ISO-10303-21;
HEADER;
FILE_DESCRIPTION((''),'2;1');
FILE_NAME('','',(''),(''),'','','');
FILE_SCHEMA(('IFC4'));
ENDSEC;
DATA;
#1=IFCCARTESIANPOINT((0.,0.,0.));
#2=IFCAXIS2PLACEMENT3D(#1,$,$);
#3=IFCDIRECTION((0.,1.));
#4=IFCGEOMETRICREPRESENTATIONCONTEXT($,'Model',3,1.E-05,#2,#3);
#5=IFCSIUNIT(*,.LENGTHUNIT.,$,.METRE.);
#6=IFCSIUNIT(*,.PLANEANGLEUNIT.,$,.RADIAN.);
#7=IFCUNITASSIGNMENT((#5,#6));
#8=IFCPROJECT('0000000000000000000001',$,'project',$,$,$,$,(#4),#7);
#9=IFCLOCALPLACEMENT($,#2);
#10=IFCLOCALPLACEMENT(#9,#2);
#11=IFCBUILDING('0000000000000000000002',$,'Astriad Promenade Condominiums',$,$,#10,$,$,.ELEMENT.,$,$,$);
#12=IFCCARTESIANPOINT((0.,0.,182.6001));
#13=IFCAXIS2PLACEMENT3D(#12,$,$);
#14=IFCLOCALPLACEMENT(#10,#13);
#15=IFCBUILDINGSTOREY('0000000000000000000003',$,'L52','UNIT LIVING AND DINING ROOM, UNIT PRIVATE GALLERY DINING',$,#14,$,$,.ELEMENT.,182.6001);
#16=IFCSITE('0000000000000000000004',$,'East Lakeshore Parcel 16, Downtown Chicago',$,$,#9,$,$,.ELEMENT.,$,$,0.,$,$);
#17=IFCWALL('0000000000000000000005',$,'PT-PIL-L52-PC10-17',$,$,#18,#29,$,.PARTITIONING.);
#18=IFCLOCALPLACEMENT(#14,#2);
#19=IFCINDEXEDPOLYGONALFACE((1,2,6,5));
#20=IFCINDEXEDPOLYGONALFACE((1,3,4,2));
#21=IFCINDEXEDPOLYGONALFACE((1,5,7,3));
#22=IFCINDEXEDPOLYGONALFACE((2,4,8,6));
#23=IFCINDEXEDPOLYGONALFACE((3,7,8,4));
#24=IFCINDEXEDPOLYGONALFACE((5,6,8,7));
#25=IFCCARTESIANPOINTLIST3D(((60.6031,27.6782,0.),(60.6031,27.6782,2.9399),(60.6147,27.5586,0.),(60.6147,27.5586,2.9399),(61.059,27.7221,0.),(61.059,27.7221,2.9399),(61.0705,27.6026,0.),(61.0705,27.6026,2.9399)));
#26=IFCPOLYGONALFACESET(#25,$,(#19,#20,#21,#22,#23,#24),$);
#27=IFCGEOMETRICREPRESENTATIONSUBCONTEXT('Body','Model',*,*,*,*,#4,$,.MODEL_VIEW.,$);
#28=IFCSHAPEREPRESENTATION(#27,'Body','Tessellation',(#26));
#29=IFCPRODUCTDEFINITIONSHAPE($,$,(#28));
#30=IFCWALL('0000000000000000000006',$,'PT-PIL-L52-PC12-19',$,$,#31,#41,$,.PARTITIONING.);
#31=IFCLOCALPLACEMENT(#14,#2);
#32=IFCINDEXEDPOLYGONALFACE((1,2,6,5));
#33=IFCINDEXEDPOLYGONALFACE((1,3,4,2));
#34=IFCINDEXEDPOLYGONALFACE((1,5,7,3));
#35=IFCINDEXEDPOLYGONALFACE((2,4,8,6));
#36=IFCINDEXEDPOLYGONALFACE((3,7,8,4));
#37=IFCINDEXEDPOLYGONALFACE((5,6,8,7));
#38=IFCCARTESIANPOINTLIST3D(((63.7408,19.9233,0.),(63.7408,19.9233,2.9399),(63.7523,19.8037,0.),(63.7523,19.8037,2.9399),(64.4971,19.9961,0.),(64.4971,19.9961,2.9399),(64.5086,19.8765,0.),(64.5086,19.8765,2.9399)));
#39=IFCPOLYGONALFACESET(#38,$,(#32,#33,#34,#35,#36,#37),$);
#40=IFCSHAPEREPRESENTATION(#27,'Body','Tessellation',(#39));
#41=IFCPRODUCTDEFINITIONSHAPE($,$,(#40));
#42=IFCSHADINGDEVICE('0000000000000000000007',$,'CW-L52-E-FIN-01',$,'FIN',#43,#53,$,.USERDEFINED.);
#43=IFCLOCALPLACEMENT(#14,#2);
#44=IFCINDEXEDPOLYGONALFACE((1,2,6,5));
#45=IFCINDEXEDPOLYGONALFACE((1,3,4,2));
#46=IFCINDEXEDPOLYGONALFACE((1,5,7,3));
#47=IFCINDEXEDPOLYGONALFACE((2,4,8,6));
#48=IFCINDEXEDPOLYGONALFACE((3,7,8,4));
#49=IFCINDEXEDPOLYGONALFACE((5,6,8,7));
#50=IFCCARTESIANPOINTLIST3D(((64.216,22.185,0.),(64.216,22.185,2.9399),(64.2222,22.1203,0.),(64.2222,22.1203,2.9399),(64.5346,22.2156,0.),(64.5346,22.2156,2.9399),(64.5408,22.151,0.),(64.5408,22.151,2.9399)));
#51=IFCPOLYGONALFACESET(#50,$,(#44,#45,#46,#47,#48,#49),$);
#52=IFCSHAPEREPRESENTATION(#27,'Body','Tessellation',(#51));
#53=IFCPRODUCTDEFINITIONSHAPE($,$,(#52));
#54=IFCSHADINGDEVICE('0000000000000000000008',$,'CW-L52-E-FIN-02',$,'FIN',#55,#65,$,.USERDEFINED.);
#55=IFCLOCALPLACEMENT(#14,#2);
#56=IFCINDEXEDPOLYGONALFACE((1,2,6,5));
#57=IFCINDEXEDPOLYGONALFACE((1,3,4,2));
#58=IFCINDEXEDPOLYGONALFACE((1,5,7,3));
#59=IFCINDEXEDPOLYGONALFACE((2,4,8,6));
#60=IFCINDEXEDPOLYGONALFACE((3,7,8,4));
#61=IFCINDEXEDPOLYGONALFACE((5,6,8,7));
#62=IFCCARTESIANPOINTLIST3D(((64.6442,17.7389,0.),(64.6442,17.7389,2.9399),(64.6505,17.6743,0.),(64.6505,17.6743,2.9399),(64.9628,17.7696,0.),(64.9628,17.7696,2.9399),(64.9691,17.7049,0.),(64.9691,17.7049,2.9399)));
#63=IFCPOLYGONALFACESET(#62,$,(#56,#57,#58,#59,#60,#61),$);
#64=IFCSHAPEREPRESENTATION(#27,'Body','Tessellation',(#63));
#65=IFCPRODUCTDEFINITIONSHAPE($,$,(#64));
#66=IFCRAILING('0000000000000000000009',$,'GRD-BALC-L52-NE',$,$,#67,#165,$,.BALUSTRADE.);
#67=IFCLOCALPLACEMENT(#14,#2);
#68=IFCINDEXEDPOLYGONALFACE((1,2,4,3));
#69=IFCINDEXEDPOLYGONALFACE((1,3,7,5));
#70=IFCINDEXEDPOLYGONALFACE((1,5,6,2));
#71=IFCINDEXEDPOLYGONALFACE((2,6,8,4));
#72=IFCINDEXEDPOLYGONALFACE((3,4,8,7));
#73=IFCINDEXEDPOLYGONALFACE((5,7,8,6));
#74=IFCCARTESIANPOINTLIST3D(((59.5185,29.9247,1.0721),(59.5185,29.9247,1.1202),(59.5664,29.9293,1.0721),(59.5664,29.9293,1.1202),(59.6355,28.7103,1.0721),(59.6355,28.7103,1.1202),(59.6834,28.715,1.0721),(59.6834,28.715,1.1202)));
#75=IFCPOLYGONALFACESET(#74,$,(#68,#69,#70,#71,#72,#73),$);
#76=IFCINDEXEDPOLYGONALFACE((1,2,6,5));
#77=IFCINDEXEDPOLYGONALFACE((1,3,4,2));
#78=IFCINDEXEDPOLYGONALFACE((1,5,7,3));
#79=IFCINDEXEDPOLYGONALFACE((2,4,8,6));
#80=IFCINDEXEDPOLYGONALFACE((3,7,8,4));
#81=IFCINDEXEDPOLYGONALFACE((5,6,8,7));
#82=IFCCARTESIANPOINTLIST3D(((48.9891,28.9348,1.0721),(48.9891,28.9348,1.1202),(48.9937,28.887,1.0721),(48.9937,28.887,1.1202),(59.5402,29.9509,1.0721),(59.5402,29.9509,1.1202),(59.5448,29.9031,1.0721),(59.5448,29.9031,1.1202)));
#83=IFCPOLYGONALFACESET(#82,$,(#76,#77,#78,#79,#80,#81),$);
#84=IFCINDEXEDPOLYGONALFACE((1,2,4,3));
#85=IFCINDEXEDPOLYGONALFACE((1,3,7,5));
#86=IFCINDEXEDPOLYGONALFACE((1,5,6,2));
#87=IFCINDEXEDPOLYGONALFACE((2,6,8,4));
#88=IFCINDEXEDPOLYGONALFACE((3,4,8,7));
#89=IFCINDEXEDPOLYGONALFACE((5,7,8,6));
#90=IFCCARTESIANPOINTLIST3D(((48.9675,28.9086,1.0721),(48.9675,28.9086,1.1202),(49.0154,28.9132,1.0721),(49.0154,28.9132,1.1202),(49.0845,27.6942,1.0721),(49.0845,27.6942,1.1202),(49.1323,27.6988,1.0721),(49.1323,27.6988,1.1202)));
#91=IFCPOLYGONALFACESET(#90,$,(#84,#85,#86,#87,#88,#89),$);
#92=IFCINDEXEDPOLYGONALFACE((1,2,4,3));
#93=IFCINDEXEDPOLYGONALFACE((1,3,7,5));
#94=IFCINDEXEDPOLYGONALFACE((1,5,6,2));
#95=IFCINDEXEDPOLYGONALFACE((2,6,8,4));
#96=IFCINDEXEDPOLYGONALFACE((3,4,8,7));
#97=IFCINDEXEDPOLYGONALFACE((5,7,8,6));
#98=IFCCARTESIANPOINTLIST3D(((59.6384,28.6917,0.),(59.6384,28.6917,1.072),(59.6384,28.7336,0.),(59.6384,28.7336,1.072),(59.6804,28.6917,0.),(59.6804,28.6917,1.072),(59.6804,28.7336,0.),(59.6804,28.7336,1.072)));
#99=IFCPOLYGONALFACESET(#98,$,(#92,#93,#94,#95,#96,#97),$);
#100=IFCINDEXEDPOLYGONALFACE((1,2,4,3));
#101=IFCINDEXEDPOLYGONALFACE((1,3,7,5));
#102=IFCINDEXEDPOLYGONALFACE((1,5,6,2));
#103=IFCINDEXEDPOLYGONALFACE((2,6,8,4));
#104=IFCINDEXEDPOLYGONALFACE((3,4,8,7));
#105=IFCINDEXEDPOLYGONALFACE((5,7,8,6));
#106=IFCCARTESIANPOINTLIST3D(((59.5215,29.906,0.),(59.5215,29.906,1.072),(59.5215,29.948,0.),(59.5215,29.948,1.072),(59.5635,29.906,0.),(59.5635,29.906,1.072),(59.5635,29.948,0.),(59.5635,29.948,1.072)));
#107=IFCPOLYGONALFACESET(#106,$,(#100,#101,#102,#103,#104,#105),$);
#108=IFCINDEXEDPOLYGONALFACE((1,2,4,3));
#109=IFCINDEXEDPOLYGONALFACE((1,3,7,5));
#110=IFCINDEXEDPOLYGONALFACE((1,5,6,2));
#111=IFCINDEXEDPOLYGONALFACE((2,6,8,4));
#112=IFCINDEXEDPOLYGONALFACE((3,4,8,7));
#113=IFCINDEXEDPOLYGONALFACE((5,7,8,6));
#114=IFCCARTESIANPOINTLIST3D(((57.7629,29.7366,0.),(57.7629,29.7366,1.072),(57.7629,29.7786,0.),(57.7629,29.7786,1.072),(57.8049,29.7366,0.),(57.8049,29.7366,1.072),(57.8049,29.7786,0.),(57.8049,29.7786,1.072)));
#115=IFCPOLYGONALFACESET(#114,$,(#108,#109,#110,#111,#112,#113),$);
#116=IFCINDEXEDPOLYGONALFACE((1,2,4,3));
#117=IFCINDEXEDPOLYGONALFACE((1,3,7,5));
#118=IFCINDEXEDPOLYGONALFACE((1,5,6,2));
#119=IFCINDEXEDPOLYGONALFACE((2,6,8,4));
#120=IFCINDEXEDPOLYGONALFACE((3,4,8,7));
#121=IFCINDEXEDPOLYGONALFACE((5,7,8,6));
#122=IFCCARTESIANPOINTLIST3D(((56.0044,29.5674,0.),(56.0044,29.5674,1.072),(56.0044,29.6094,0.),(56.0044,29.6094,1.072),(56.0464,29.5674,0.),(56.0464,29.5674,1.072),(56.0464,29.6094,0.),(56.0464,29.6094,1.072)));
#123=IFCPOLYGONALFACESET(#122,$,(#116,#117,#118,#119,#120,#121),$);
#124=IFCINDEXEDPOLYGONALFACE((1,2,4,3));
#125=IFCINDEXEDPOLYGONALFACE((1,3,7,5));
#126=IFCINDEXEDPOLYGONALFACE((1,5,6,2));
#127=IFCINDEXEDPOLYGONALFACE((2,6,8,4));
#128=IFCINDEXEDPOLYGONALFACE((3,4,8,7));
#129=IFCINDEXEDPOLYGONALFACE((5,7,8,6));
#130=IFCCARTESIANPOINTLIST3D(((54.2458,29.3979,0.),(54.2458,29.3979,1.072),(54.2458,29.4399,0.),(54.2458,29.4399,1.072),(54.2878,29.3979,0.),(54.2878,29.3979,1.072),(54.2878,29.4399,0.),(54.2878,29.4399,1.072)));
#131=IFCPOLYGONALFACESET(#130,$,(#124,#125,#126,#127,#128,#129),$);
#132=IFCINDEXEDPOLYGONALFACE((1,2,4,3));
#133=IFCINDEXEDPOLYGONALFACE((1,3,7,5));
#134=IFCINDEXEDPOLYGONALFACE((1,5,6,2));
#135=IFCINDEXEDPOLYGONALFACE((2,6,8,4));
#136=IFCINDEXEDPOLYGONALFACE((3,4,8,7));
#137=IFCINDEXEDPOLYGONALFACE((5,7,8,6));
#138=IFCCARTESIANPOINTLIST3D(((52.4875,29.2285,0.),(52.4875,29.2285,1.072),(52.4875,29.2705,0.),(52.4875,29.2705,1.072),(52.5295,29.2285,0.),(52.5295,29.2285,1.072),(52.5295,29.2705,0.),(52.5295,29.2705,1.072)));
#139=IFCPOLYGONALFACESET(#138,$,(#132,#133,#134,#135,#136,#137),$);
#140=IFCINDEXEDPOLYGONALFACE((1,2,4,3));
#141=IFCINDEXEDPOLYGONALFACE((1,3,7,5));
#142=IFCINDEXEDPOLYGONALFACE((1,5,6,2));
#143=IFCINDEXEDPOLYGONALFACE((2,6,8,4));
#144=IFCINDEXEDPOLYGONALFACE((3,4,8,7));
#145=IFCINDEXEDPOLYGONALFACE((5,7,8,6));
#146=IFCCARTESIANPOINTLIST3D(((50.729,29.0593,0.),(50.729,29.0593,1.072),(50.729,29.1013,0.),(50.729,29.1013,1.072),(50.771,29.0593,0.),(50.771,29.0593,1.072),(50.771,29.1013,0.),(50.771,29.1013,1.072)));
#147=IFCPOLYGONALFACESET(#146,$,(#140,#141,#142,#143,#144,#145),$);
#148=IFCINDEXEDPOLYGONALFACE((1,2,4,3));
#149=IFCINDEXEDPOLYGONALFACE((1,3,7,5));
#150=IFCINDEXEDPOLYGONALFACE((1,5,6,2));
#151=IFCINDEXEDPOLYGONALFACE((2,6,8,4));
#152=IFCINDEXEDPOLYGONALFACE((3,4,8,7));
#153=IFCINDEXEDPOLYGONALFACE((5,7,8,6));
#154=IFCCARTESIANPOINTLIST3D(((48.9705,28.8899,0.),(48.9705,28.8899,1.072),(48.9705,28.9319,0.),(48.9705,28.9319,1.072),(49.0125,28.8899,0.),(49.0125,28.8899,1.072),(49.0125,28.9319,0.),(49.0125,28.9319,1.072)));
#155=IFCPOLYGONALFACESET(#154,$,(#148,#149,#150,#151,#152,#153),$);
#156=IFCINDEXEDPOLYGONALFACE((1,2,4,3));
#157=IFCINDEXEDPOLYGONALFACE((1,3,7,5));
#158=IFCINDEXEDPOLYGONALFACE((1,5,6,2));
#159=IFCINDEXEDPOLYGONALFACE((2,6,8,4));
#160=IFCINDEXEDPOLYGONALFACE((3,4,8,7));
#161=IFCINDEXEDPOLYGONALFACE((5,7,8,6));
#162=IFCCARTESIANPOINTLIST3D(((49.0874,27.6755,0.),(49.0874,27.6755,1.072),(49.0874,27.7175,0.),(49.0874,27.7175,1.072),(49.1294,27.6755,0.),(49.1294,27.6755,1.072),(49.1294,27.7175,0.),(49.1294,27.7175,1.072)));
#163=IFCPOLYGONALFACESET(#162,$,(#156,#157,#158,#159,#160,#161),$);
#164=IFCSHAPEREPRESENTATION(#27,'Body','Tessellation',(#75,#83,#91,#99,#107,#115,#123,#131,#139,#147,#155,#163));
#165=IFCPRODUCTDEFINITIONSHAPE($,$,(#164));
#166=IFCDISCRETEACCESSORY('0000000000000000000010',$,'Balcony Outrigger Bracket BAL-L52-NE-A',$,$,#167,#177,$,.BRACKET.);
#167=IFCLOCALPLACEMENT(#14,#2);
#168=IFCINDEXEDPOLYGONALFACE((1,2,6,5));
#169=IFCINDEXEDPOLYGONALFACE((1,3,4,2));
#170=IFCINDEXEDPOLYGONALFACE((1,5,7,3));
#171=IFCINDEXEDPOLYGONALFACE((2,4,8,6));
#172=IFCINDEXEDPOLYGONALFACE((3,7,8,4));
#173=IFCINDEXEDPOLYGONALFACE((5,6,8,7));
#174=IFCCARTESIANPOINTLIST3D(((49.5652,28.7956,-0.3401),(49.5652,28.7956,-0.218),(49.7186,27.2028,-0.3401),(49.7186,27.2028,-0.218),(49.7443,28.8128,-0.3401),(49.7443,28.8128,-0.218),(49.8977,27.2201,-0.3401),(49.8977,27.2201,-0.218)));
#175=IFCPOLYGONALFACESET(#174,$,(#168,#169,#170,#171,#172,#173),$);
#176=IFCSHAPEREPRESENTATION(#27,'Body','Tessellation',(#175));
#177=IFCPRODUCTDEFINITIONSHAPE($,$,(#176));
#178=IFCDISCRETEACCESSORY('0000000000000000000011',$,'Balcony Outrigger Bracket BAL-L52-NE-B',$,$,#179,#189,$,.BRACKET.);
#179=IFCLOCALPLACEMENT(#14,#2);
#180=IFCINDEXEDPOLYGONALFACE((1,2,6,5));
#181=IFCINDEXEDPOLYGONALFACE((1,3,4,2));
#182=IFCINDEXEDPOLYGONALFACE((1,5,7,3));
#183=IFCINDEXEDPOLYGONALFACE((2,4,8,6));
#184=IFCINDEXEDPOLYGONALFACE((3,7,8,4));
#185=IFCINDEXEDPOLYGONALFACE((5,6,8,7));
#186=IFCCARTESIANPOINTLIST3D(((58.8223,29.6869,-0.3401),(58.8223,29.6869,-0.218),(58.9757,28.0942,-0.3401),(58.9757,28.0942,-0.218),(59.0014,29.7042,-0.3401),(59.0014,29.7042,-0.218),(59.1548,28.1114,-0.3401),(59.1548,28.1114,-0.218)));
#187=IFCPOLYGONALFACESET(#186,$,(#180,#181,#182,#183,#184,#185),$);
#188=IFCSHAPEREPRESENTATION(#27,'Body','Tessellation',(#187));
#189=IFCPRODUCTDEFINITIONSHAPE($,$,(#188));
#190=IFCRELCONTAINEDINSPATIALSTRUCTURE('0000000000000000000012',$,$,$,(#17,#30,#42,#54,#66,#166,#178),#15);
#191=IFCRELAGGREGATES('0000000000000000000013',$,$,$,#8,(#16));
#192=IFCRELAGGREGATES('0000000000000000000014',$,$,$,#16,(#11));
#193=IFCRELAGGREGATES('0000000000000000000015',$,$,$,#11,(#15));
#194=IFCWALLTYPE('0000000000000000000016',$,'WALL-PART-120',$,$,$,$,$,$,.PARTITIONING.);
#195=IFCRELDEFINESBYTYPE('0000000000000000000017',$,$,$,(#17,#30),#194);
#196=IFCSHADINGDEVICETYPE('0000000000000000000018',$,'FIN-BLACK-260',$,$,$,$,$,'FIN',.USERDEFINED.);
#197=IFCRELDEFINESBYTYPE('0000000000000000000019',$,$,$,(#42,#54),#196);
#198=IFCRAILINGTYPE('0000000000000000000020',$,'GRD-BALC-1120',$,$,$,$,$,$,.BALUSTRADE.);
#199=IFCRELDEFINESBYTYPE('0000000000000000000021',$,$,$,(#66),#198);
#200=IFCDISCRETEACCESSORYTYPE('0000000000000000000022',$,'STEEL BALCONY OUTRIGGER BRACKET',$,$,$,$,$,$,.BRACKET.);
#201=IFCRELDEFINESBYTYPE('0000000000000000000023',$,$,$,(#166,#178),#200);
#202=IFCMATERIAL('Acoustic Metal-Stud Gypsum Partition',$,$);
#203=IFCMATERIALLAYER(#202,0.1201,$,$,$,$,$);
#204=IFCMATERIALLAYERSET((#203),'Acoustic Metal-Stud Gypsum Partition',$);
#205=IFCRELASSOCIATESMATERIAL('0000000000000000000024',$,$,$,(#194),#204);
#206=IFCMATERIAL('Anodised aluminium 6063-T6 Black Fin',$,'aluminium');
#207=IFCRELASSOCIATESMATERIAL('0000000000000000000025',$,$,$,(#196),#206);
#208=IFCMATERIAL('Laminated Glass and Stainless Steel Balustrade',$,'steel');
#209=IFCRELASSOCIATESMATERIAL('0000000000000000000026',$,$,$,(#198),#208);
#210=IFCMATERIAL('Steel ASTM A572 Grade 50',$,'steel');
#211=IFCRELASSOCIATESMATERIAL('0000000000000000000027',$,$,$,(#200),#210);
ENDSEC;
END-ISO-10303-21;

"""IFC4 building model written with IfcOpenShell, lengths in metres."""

from ifc_helpers import new_model, si_unit, direction, frame, frame_2d, origin, origin_2d, place, context, subcontext, project, spatial, rectangle, extrude, source, transform, mapped, material, layer, layer_set, type_object, type_shapes, element, save


model = new_model("IFC4")

# Units and contexts
model_context = context("Model", 3, precision=1e-05, world=origin(), true_north=direction((0.0, 1.0)))
body_context = subcontext(model_context, "Body", "Model", "MODEL_VIEW")
ifc_project = project(units=[si_unit("LENGTHUNIT", "METRE"), si_unit("PLANEANGLEUNIT", "RADIAN")], contexts=[model_context])

# Site, building, storey
site_placement = place(None, origin())
site = spatial("IfcSite", under=ifc_project, at=site_placement, Name="East Lakeshore Parcel 16, Downtown Chicago", CompositionType="ELEMENT", RefElevation=0.0)
building_placement = place(site_placement, origin())
building = spatial("IfcBuilding", under=site, at=building_placement, Name="Astriad Promenade Condominiums", CompositionType="ELEMENT")
storey_placement = place(building_placement, frame((0.0, 0.0, 182.6001)))
storey = spatial("IfcBuildingStorey", under=building, at=storey_placement, Name="L52", Description="UNIT LIVING AND DINING ROOM, UNIT PRIVATE GALLERY DINING", CompositionType="ELEMENT", Elevation=182.6001)

# Shared definitions
ifc_material_1 = material(Name="Acoustic Metal-Stud Gypsum Partition")
ifc_layer_1 = layer(ifc_material_1, 0.1201)
ifc_layer_set_1 = layer_set([ifc_layer_1], Name="Acoustic Metal-Stud Gypsum Partition")
wall_type_1 = type_object("IfcWallType", Name="WALL-PART-120", PredefinedType="PARTITIONING", material=ifc_layer_set_1)

# Walls
wall_1_placement = place(storey_placement, frame((60.6089, 27.6184, 0.0), z_axis=(0.0, 0.0, 1.0), x_axis=(0.995385, 0.095966, 0.0)))
element("IfcWall", 1, at=wall_1_placement, inside=storey, type_object=wall_type_1, Name="PT-PIL-L52-PC10-17", PredefinedType="PARTITIONING", context=body_context, shape_type="SweptSolid", body=[
    extrude(rectangle(XDim=0.458, YDim=0.1201, at=frame_2d((0.229, 0.0))), origin(), (0.0, 0.0, 1.0), 2.9399),
])
wall_2_placement = place(storey_placement, frame((63.7466, 19.8635, 0.0), z_axis=(0.0, 0.0, 1.0), x_axis=(0.995405, 0.095749, 0.0)))
element("IfcWall", 2, at=wall_2_placement, inside=storey, type_object=wall_type_1, Name="PT-PIL-L52-PC12-19", PredefinedType="PARTITIONING", context=body_context, shape_type="SweptSolid", body=[
    extrude(rectangle(XDim=0.7598, YDim=0.1201, at=frame_2d((0.3799, 0.0))), origin(), (0.0, 0.0, 1.0), 2.9399),
])

# Shading devices
ifc_material_2 = material(Name="Anodised aluminium 6063-T6 Black Fin", Category="aluminium")
shading_device_type = type_object("IfcShadingDeviceType", Name="FIN-BLACK-260", ElementType="FIN", PredefinedType="USERDEFINED", material=ifc_material_2)
shared_shape_1 = source(origin(), body_context, "Body", "SweptSolid", [
    extrude(rectangle(XDim=0.0649, YDim=0.3201, at=origin_2d()), origin(), (0.0, 0.0, 1.0), 2.9399),
])
type_shapes(shading_device_type, [shared_shape_1])
for number, where, z_axis, x_axis, name in (
    (3, (64.3784, 22.168, 0.0), (0.0, 0.0, 1.0), (0.095846, -0.995396, 0.0), "CW-L52-E-FIN-01"),
    (4, (64.8066, 17.7219, 0.0), (0.0, 0.0, 1.0), (0.095846, -0.995396, 0.0), "CW-L52-E-FIN-02"),
):
    element("IfcShadingDevice", number, at=place(storey_placement, frame(where, z_axis=z_axis, x_axis=x_axis)), inside=storey, type_object=shading_device_type, Name=name, ObjectType="FIN", PredefinedType="USERDEFINED", context=body_context, shape_type="MappedRepresentation", body=[
        mapped(shared_shape_1, transform((0.0, 0.0, 0.0), scale=1.0)),
    ])

# Railing
ifc_material_3 = material(Name="Laminated Glass and Stainless Steel Balustrade", Category="steel")
railing_type = type_object("IfcRailingType", Name="GRD-BALC-1120", PredefinedType="BALUSTRADE", material=ifc_material_3)
shared_shape_2 = source(origin(), body_context, "Body", "SweptSolid", [
    extrude(rectangle(XDim=0.0481, YDim=0.0481, at=origin_2d()), frame((0.0, 0.0, 1.0962), z_axis=(-0.095857, 0.995395, 0.0), x_axis=(-0.995395, -0.095857, 0.0)), (0.0, 0.0, 1.0), 1.22),
    extrude(rectangle(XDim=0.0481, YDim=0.0481, at=origin_2d()), frame((-0.1169, 1.2144, 1.0962), z_axis=(-0.995395, -0.095861, 0.0), x_axis=(0.095861, -0.995395, 0.0)), (0.0, 0.0, 1.0), 10.5999),
    extrude(rectangle(XDim=0.0481, YDim=0.0481, at=origin_2d()), frame((-10.668, 0.1982, 1.0962), z_axis=(0.095857, -0.995395, 0.0), x_axis=(0.995395, 0.095857, 0.0)), (0.0, 0.0, 1.0), 1.22),
    extrude(rectangle(XDim=0.042, YDim=0.042, at=origin_2d()), origin(), (0.0, 0.0, 1.0), 1.072),
    extrude(rectangle(XDim=0.042, YDim=0.042, at=origin_2d()), frame((-0.1169, 1.2144, 0.0)), (0.0, 0.0, 1.0), 1.072),
    extrude(rectangle(XDim=0.042, YDim=0.042, at=origin_2d()), frame((-1.8755, 1.0449, 0.0)), (0.0, 0.0, 1.0), 1.072),
    extrude(rectangle(XDim=0.042, YDim=0.042, at=origin_2d()), frame((-3.634, 0.8757, 0.0)), (0.0, 0.0, 1.0), 1.072),
    extrude(rectangle(XDim=0.042, YDim=0.042, at=origin_2d()), frame((-5.3926, 0.7063, 0.0)), (0.0, 0.0, 1.0), 1.072),
    extrude(rectangle(XDim=0.042, YDim=0.042, at=origin_2d()), frame((-7.1509, 0.5369, 0.0)), (0.0, 0.0, 1.0), 1.072),
    extrude(rectangle(XDim=0.042, YDim=0.042, at=origin_2d()), frame((-8.9094, 0.3677, 0.0)), (0.0, 0.0, 1.0), 1.072),
    extrude(rectangle(XDim=0.042, YDim=0.042, at=origin_2d()), frame((-10.668, 0.1982, 0.0)), (0.0, 0.0, 1.0), 1.072),
    extrude(rectangle(XDim=0.042, YDim=0.042, at=origin_2d()), frame((-10.551, -1.0161, 0.0)), (0.0, 0.0, 1.0), 1.072),
])
type_shapes(railing_type, [shared_shape_2])
railing_placement = place(storey_placement, frame((59.6594, 28.7126, 0.0)))
element("IfcRailing", 5, at=railing_placement, inside=storey, type_object=railing_type, Name="GRD-BALC-L52-NE", PredefinedType="BALUSTRADE", context=body_context, shape_type="MappedRepresentation", body=[
    mapped(shared_shape_2, transform((0.0, 0.0, 0.0), scale=1.0)),
])

# Discrete accessories
ifc_material_4 = material(Name="Steel ASTM A572 Grade 50", Category="steel")
discrete_accessory_type = type_object("IfcDiscreteAccessoryType", Name="STEEL BALCONY OUTRIGGER BRACKET", PredefinedType="BRACKET", material=ifc_material_4)
shared_shape_3 = source(origin(), body_context, "Body", "SweptSolid", [
    extrude(rectangle(XDim=1.6001, YDim=0.1799, at=origin_2d()), origin(), (0.0, 0.0, 1.0), 0.1221),
])
type_shapes(discrete_accessory_type, [shared_shape_3])
for number, where, z_axis, x_axis, name in (
    (6, (49.7314, 28.0078, -0.3401), (0.0, 0.0, 1.0), (-0.095846, 0.995396, 0.0), "Balcony Outrigger Bracket BAL-L52-NE-A"),
    (7, (58.9885, 28.8992, -0.3401), (0.0, 0.0, 1.0), (-0.095846, 0.995396, 0.0), "Balcony Outrigger Bracket BAL-L52-NE-B"),
):
    element("IfcDiscreteAccessory", number, at=place(storey_placement, frame(where, z_axis=z_axis, x_axis=x_axis)), inside=storey, type_object=discrete_accessory_type, Name=name, PredefinedType="BRACKET", context=body_context, shape_type="MappedRepresentation", body=[
        mapped(shared_shape_3, transform((0.0, 0.0, 0.0), scale=1.0)),
    ])

save(model, "model.ifc")
